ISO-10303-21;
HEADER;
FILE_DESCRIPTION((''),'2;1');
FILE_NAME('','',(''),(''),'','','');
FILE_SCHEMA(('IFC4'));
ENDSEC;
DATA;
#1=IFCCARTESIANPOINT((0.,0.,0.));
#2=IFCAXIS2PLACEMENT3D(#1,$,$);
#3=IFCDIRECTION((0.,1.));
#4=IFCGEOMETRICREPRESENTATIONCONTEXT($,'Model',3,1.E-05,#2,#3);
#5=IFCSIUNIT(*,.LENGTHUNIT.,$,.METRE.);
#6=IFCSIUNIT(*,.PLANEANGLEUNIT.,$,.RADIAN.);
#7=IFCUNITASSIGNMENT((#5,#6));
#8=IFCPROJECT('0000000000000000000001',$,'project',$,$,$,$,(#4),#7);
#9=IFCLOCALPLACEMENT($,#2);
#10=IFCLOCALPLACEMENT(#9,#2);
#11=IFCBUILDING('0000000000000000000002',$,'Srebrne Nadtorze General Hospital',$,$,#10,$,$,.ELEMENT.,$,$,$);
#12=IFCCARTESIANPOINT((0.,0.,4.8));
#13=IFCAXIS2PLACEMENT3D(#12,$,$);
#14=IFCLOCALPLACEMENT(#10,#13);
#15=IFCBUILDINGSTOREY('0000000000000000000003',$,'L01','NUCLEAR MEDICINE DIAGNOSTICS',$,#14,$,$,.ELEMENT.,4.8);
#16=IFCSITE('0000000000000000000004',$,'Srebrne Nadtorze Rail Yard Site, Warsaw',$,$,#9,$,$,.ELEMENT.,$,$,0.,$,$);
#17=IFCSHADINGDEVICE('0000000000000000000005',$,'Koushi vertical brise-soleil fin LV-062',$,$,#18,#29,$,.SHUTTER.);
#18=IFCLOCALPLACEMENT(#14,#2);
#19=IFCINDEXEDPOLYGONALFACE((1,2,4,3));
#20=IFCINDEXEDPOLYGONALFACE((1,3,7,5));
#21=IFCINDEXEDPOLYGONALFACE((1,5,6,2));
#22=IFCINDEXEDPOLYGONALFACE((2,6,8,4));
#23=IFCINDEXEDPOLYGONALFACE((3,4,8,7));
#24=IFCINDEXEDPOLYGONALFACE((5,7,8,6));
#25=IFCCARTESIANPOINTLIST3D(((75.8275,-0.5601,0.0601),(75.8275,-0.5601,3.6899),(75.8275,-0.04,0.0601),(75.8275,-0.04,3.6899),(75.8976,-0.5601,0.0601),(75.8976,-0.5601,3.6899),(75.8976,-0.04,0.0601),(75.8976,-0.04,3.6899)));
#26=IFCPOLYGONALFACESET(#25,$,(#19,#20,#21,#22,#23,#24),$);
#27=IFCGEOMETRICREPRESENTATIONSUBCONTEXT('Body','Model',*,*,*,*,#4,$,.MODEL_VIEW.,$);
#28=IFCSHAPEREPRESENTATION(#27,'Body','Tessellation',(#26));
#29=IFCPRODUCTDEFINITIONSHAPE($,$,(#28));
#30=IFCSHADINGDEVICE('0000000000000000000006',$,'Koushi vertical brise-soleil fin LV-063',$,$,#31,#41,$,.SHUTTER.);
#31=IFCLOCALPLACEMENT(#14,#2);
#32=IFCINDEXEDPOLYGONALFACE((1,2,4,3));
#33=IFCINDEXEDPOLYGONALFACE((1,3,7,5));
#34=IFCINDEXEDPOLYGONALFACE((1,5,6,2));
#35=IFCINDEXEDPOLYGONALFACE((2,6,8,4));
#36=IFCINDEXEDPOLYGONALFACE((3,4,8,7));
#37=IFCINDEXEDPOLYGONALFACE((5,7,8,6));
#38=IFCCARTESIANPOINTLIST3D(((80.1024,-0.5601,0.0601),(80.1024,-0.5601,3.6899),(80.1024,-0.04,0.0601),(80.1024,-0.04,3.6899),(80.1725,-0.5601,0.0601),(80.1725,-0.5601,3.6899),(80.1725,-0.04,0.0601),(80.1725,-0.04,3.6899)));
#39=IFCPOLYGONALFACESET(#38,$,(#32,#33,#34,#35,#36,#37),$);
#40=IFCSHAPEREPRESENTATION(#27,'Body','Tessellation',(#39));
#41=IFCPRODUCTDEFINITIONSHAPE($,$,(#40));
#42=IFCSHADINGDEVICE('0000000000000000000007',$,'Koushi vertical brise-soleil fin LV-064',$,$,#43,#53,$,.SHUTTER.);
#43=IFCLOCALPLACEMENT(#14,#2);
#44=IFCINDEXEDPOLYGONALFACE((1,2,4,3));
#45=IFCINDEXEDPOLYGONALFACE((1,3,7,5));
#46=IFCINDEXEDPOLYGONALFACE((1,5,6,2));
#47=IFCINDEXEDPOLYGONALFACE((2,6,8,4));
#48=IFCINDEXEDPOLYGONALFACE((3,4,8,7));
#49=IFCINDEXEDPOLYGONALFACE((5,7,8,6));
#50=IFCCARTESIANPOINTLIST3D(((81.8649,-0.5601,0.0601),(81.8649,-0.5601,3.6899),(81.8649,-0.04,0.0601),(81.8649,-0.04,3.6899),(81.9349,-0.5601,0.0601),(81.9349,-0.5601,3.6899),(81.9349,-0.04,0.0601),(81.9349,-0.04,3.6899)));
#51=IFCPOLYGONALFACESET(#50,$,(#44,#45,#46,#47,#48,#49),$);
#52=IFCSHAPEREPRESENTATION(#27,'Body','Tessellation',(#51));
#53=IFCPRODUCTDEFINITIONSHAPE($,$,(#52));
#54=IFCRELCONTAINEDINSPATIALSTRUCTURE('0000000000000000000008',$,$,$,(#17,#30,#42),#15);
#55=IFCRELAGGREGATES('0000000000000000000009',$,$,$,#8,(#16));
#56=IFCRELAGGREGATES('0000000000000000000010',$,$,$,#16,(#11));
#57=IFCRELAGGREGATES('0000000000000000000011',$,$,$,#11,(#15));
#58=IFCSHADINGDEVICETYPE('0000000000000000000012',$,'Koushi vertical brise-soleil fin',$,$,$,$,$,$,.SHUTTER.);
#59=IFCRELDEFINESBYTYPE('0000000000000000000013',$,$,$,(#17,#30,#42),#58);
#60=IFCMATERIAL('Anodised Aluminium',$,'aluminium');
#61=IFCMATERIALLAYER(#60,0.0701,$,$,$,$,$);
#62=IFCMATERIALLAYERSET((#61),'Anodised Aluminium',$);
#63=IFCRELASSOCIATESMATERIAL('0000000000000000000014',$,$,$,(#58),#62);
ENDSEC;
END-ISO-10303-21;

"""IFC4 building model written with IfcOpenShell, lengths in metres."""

from ifc_helpers import new_model, si_unit, direction, frame, origin, origin_2d, place, context, subcontext, project, spatial, rectangle, extrude, material, layer, layer_set, type_object, element, save


model = new_model("IFC4")

# Units and contexts
model_context = context("Model", 3, precision=1e-05, world=origin(), true_north=direction((0.0, 1.0)))
body_context = subcontext(model_context, "Body", "Model", "MODEL_VIEW")
ifc_project = project(units=[si_unit("LENGTHUNIT", "METRE"), si_unit("PLANEANGLEUNIT", "RADIAN")], contexts=[model_context])

# Site, building, storey
site_placement = place(None, origin())
site = spatial("IfcSite", under=ifc_project, at=site_placement, Name="Srebrne Nadtorze Rail Yard Site, Warsaw", CompositionType="ELEMENT", RefElevation=0.0)
building_placement = place(site_placement, origin())
building = spatial("IfcBuilding", under=site, at=building_placement, Name="Srebrne Nadtorze General Hospital", CompositionType="ELEMENT")
storey_placement = place(building_placement, frame((0.0, 0.0, 4.8)))
storey = spatial("IfcBuildingStorey", under=building, at=storey_placement, Name="L01", Description="NUCLEAR MEDICINE DIAGNOSTICS", CompositionType="ELEMENT", Elevation=4.8)

# Shading devices
ifc_material_1 = material(Name="Anodised Aluminium", Category="aluminium")
ifc_layer_1 = layer(ifc_material_1, 0.0701)
ifc_layer_set_1 = layer_set([ifc_layer_1], Name="Anodised Aluminium")
shading_device_type = type_object("IfcShadingDeviceType", Name="Koushi vertical brise-soleil fin", PredefinedType="SHUTTER", material=ifc_layer_set_1)
for number, where, z_axis, x_axis, name in (
    (1, (75.8625, -0.3, 0.0601), (0.0, 0.0, 1.0), (1.0, 0.0, 0.0), "Koushi vertical brise-soleil fin LV-062"),
    (2, (80.1375, -0.3, 0.0601), (0.0, 0.0, 1.0), (1.0, 0.0, 0.0), "Koushi vertical brise-soleil fin LV-063"),
    (3, (81.8999, -0.3, 0.0601), (0.0, 0.0, 1.0), (1.0, 0.0, 0.0), "Koushi vertical brise-soleil fin LV-064"),
):
    element("IfcShadingDevice", number, at=place(storey_placement, frame(where, z_axis=z_axis, x_axis=x_axis)), inside=storey, type_object=shading_device_type, Name=name, PredefinedType="SHUTTER", context=body_context, shape_type="SweptSolid", body=[
        extrude(rectangle(XDim=0.0701, YDim=0.52, at=origin_2d()), origin(), (0.0, 0.0, 1.0), 3.6299),
    ])

save(model, "model.ifc")
